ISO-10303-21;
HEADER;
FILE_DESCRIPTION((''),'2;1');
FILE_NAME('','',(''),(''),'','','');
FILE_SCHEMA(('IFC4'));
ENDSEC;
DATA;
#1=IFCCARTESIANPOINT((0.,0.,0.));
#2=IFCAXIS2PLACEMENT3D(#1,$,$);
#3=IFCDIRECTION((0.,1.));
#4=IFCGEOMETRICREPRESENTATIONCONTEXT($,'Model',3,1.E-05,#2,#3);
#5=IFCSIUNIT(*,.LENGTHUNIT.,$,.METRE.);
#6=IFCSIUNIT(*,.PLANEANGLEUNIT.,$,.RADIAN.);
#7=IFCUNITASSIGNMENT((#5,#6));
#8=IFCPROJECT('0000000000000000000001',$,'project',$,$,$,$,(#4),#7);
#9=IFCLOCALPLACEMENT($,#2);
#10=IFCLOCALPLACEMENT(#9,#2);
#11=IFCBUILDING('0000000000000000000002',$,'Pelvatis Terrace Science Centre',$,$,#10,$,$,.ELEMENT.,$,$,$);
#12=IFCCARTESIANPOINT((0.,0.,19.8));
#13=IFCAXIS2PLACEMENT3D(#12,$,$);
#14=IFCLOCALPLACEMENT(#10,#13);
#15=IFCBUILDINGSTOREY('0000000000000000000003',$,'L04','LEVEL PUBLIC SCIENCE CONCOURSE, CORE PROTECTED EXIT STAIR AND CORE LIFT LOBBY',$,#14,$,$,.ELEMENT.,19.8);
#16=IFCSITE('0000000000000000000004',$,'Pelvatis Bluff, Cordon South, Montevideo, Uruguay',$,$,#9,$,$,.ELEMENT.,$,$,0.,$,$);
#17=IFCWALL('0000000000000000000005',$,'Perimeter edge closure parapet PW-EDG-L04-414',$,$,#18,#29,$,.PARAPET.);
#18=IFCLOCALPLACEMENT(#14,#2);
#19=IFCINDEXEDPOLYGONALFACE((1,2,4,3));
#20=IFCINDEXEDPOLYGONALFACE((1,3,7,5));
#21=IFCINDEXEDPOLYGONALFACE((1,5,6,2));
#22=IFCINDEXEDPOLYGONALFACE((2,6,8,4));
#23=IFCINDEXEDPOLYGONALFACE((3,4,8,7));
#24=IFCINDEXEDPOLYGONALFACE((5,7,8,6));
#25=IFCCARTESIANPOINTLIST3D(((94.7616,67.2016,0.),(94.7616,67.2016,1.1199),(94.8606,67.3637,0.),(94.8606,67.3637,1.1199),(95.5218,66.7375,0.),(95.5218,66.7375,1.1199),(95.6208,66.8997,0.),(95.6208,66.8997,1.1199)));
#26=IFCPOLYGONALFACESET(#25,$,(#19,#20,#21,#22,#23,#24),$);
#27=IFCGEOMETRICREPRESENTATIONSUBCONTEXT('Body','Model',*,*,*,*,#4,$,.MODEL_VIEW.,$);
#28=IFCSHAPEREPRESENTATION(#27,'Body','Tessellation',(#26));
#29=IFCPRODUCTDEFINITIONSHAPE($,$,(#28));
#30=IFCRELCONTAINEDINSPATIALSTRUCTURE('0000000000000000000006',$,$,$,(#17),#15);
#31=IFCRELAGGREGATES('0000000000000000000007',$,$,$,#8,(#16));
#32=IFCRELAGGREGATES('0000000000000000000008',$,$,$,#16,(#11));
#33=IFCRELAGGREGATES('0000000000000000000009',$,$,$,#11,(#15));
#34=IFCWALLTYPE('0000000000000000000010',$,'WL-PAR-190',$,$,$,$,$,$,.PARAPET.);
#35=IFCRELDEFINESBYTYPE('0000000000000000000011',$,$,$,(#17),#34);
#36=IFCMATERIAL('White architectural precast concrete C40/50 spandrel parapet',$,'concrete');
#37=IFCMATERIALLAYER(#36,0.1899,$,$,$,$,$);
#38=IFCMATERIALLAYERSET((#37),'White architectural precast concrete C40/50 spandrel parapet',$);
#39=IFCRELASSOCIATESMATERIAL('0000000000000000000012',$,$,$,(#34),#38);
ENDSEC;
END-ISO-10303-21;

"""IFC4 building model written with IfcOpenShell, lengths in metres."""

from ifc_helpers import new_model, si_unit, direction, frame, frame_2d, origin, place, context, subcontext, project, spatial, rectangle, extrude, material, layer, layer_set, type_object, element, save


model = new_model("IFC4")

# Units and contexts
model_context = context("Model", 3, precision=1e-05, world=origin(), true_north=direction((0.0, 1.0)))
body_context = subcontext(model_context, "Body", "Model", "MODEL_VIEW")
ifc_project = project(units=[si_unit("LENGTHUNIT", "METRE"), si_unit("PLANEANGLEUNIT", "RADIAN")], contexts=[model_context])

# Site, building, storey
site_placement = place(None, origin())
site = spatial("IfcSite", under=ifc_project, at=site_placement, Name="Pelvatis Bluff, Cordon South, Montevideo, Uruguay", CompositionType="ELEMENT", RefElevation=0.0)
building_placement = place(site_placement, origin())
building = spatial("IfcBuilding", under=site, at=building_placement, Name="Pelvatis Terrace Science Centre", CompositionType="ELEMENT")
storey_placement = place(building_placement, frame((0.0, 0.0, 19.8)))
storey = spatial("IfcBuildingStorey", under=building, at=storey_placement, Name="L04", Description="LEVEL PUBLIC SCIENCE CONCOURSE, CORE PROTECTED EXIT STAIR AND CORE LIFT LOBBY", CompositionType="ELEMENT", Elevation=19.8)

# Wall
ifc_material_1 = material(Name="White architectural precast concrete C40/50 spandrel parapet", Category="concrete")
ifc_layer_1 = layer(ifc_material_1, 0.1899)
ifc_layer_set_1 = layer_set([ifc_layer_1], Name="White architectural precast concrete C40/50 spandrel parapet")
wall_type_1 = type_object("IfcWallType", Name="WL-PAR-190", PredefinedType="PARAPET", material=ifc_layer_set_1)
wall_1_placement = place(storey_placement, frame((95.5713, 66.8186, 0.0), z_axis=(0.0, 0.0, 1.0), x_axis=(-0.853526, 0.521051, 0.0)))
element("IfcWall", 1, at=wall_1_placement, inside=storey, type_object=wall_type_1, Name="Perimeter edge closure parapet PW-EDG-L04-414", PredefinedType="PARAPET", context=body_context, shape_type="SweptSolid", body=[
    extrude(rectangle(XDim=0.8906, YDim=0.1899, at=frame_2d((0.4453, 0.0))), origin(), (0.0, 0.0, 1.0), 1.1199),
])

save(model, "model.ifc")
